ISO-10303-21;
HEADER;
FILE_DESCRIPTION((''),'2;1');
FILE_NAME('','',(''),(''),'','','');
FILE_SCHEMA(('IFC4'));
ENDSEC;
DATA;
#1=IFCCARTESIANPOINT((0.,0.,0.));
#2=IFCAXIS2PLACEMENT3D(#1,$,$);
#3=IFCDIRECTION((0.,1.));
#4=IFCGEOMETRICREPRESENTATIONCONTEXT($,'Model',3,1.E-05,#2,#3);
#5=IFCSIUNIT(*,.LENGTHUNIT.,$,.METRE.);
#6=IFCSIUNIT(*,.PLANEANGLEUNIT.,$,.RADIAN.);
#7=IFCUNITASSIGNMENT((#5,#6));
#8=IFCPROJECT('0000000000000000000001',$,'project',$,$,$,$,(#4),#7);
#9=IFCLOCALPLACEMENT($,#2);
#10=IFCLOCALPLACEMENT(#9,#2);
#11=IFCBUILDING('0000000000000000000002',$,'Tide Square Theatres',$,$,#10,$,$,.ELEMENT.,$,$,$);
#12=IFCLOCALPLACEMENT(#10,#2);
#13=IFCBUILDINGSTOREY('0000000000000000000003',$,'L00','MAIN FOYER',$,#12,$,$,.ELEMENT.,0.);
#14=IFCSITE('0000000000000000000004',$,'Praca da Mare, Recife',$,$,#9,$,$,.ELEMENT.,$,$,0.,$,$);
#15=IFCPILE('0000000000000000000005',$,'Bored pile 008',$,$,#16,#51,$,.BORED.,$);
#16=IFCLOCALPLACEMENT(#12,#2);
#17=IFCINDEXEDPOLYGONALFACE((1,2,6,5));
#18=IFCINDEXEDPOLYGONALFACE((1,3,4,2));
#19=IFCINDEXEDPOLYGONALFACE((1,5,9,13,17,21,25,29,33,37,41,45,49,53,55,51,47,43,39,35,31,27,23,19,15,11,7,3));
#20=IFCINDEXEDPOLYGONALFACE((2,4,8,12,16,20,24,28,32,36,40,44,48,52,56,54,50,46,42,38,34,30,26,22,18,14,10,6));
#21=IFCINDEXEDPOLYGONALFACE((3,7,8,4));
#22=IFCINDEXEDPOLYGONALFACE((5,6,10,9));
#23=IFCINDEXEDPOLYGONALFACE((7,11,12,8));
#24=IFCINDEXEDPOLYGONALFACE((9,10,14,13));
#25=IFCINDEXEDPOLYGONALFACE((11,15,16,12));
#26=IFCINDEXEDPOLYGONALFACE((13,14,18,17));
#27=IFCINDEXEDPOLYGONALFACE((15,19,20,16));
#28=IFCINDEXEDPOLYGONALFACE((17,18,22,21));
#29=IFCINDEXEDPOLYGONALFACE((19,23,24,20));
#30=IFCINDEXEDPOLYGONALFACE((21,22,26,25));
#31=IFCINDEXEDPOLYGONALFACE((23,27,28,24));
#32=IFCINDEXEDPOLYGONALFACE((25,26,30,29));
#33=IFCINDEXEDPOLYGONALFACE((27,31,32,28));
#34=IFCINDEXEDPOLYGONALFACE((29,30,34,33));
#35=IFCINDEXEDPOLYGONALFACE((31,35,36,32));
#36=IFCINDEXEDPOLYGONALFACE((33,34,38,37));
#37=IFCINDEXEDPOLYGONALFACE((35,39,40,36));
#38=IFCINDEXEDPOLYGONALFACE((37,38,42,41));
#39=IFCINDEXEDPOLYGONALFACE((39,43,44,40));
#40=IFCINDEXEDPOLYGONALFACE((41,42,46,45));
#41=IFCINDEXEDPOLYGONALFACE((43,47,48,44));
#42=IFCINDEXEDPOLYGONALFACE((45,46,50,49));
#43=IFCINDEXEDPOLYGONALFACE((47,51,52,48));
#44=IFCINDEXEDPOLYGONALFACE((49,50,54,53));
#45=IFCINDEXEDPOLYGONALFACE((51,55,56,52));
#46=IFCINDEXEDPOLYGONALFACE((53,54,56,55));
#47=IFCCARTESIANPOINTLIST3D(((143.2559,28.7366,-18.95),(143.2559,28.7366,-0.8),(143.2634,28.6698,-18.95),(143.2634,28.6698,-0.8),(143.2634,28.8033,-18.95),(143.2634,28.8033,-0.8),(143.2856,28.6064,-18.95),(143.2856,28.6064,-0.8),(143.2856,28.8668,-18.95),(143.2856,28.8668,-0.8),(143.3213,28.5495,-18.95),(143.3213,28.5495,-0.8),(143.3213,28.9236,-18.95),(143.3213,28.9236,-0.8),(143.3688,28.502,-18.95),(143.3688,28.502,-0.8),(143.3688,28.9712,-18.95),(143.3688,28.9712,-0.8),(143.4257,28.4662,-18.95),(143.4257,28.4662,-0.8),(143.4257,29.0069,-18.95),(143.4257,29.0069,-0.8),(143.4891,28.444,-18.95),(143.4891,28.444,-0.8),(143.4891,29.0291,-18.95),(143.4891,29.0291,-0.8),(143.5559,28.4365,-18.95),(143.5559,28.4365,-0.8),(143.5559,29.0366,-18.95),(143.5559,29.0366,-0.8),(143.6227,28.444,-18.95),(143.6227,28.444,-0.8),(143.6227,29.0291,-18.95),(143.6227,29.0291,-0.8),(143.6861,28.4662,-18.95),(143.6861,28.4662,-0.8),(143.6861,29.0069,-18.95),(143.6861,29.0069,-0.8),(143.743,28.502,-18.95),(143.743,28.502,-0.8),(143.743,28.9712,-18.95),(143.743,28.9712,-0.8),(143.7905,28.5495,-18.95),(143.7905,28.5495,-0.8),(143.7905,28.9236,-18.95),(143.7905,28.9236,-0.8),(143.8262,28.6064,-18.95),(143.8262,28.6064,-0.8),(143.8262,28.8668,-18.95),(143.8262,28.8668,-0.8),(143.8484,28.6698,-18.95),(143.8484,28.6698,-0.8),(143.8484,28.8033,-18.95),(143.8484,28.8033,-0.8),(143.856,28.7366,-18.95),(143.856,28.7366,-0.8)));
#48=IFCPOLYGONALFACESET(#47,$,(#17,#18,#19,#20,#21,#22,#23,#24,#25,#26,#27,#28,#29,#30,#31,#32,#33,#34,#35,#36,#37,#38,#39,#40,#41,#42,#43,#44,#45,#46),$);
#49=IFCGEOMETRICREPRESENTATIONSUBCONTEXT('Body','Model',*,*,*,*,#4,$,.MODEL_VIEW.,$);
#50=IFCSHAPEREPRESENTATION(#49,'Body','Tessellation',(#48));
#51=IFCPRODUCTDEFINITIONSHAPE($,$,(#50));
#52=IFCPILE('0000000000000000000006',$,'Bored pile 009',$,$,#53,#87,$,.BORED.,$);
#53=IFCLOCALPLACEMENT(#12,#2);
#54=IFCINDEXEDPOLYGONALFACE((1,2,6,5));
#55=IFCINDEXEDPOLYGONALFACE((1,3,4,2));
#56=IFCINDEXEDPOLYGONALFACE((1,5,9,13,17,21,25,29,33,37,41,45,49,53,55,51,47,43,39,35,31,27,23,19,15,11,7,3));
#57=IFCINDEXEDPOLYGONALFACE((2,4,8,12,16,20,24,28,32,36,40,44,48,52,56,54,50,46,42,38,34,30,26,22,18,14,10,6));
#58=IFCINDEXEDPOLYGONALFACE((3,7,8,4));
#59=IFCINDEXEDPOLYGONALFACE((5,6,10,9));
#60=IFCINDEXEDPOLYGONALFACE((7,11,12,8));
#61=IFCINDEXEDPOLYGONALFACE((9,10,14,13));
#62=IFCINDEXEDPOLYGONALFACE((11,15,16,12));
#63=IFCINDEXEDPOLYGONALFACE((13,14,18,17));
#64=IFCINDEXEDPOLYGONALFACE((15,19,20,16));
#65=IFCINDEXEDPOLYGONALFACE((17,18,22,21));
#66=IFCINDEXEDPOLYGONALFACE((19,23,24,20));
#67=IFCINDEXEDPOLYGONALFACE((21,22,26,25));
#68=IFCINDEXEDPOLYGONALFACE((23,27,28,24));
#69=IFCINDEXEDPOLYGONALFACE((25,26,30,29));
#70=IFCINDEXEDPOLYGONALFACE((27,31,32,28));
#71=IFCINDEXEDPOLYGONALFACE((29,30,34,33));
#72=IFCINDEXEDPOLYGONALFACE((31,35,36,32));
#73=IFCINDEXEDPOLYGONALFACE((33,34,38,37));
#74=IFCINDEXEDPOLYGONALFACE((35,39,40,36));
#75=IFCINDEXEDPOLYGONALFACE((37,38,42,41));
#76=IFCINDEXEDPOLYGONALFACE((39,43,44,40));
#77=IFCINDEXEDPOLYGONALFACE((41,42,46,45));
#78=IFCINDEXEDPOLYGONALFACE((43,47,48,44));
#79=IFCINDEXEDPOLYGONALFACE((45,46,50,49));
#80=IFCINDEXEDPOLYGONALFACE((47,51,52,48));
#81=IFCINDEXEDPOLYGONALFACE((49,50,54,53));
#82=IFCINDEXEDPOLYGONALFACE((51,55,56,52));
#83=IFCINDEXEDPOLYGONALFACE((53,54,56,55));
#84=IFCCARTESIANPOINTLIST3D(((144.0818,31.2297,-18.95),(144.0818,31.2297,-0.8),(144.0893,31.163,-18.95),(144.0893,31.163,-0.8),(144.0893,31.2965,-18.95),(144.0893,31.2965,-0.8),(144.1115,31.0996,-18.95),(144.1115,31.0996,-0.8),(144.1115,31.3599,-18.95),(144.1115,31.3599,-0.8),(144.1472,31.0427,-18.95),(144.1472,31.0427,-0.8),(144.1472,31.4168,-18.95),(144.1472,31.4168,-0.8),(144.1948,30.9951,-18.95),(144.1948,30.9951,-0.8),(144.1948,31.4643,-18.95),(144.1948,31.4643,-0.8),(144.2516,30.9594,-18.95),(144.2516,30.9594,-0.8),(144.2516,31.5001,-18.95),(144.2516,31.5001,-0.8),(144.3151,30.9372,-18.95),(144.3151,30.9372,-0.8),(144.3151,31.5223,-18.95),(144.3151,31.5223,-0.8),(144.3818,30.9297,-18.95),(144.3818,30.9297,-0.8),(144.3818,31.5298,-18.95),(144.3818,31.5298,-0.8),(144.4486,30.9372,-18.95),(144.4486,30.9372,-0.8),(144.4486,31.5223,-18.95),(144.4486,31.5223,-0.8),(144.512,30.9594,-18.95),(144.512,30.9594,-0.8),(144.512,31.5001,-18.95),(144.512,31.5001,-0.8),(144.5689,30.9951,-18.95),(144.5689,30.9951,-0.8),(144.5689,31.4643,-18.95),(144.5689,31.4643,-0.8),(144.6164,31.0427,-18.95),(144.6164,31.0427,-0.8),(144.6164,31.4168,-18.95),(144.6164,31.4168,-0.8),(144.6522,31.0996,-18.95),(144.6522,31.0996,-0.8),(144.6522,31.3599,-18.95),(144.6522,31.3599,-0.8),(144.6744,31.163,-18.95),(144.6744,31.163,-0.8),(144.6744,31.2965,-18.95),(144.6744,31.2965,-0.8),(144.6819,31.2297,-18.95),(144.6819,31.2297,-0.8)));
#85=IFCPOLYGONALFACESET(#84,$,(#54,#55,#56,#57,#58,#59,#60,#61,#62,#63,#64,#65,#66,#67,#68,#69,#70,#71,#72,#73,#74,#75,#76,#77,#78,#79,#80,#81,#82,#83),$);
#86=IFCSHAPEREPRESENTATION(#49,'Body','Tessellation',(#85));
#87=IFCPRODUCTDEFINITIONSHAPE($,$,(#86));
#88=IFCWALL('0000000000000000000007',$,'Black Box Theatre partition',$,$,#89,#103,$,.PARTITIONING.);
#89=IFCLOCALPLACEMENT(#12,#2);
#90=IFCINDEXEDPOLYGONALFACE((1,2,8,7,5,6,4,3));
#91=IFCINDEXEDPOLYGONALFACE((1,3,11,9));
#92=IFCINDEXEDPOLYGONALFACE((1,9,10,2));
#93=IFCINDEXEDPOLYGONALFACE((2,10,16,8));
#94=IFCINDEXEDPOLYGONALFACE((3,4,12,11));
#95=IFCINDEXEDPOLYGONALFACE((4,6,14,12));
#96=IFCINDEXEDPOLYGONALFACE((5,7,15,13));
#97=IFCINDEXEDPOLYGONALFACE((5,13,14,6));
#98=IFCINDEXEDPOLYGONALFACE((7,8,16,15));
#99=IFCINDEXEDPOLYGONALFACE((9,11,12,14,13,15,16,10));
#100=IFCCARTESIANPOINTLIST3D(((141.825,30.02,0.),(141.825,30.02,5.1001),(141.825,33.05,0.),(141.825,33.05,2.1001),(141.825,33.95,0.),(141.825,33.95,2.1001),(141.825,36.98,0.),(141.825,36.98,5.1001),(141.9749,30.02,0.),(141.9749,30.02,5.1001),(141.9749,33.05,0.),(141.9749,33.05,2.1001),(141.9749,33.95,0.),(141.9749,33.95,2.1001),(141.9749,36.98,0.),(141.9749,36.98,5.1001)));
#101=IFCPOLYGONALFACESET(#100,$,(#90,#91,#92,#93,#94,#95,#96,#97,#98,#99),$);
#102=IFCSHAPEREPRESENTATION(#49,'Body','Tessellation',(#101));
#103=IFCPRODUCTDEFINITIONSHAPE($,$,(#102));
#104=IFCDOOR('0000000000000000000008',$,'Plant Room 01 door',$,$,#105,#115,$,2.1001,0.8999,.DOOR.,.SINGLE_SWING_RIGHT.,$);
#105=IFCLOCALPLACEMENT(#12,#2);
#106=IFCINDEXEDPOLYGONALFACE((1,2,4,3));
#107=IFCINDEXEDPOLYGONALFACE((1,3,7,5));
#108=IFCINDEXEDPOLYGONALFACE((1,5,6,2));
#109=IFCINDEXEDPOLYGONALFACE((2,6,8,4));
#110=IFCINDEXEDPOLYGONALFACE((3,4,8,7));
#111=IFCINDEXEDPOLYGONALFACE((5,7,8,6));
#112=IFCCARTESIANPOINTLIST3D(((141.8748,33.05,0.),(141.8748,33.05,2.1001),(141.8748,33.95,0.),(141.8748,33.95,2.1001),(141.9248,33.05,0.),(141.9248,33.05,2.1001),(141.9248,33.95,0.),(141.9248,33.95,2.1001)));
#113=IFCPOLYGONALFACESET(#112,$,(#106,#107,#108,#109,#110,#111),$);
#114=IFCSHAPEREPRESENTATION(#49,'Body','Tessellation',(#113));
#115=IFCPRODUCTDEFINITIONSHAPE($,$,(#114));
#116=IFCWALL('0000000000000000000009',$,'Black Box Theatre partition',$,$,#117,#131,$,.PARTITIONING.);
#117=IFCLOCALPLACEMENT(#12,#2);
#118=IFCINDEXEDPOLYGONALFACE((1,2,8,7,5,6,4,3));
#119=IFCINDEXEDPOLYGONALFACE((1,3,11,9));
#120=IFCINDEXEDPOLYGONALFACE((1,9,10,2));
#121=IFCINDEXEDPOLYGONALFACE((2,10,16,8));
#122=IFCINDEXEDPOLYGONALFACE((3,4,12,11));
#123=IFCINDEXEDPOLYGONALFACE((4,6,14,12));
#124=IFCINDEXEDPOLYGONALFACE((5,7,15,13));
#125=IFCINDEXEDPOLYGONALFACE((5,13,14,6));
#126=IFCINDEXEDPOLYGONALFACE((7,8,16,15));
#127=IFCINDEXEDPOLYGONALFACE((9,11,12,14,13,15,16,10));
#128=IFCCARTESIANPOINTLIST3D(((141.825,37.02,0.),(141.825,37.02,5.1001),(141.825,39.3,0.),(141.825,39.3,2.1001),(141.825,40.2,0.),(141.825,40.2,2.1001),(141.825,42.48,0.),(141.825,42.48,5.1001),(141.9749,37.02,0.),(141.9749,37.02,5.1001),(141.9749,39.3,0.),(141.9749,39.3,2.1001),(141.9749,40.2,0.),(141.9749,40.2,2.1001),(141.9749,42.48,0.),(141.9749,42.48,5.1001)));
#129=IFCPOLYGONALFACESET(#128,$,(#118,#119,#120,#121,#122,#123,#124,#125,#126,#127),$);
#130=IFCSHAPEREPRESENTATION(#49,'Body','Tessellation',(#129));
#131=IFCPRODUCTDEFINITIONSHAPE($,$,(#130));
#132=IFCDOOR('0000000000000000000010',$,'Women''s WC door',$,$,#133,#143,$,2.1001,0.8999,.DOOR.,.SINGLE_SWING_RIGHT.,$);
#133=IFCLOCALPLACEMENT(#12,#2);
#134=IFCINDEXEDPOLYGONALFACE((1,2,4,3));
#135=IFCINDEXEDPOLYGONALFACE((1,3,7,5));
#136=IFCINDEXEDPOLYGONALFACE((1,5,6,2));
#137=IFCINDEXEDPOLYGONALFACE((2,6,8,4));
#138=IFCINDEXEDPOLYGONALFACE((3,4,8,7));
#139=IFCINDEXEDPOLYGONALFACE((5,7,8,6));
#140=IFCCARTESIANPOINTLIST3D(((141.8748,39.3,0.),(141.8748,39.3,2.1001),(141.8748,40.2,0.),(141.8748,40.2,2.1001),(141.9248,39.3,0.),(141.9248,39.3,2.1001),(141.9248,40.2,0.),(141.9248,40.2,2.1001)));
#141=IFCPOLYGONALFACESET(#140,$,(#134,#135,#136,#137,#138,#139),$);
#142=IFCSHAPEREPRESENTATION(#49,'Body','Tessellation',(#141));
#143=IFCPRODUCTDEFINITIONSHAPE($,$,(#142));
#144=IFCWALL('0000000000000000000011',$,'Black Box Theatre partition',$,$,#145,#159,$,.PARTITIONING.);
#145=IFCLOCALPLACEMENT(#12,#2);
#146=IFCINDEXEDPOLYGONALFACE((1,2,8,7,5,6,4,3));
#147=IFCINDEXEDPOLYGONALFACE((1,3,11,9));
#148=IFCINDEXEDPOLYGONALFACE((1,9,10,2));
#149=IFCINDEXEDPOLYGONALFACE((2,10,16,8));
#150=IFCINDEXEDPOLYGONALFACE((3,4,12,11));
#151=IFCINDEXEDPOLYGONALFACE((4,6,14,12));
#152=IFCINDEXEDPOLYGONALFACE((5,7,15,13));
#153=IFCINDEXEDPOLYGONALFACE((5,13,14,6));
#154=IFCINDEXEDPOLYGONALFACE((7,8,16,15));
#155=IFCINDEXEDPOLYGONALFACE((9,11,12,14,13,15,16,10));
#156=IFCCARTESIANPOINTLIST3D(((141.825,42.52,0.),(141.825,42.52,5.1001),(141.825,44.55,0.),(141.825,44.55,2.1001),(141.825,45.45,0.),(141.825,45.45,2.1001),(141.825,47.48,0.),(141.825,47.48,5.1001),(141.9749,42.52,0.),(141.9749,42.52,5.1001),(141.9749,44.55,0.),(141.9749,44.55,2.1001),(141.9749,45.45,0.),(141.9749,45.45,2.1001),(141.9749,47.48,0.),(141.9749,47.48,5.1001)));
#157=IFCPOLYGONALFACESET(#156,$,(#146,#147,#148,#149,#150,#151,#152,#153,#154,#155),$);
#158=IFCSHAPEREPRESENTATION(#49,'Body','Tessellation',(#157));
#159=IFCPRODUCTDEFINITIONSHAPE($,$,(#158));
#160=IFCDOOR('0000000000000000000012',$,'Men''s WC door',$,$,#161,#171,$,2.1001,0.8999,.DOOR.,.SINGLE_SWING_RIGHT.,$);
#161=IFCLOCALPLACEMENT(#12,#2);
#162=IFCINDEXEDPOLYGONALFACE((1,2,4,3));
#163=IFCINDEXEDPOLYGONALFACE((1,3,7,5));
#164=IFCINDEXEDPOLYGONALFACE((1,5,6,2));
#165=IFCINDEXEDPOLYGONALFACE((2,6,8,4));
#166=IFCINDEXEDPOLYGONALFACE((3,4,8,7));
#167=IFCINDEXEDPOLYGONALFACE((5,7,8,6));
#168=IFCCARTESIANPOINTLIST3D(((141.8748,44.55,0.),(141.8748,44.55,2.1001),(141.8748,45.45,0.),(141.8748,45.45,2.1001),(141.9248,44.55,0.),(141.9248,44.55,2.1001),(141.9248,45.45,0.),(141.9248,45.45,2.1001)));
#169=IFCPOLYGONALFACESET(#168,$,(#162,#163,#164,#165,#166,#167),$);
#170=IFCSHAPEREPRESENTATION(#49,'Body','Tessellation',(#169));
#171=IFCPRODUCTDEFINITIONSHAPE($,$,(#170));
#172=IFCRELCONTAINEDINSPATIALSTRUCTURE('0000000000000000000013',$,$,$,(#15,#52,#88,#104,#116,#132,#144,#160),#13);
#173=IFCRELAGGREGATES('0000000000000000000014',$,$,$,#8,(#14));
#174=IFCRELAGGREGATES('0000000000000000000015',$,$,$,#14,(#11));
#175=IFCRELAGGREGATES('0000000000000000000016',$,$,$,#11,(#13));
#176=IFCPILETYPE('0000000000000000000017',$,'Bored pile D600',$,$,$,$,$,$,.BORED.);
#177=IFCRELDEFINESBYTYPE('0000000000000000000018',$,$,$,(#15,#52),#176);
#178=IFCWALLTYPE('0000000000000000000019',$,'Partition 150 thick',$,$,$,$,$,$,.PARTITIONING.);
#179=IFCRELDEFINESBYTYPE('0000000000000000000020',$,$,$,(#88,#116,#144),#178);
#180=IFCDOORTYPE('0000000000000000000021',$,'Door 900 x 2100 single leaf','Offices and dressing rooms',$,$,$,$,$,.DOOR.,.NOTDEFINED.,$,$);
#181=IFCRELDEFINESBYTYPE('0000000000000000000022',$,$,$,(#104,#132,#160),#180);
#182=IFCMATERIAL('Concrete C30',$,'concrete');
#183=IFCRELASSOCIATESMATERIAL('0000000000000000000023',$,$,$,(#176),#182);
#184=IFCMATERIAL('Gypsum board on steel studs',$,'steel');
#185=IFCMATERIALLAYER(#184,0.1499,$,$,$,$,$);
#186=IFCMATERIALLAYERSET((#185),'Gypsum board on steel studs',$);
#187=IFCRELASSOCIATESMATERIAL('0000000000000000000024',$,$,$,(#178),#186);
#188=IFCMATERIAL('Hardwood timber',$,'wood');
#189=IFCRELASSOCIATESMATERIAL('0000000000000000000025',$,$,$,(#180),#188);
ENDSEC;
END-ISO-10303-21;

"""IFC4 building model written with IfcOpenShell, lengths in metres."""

from ifc_helpers import new_model, si_unit, direction, frame, frame_2d, origin, origin_2d, place, context, subcontext, project, spatial, rectangle, circle, extrude, material, layer, layer_set, material_profile, profile_set, type_object, element, fill, save


model = new_model("IFC4")

# Units and contexts
model_context = context("Model", 3, precision=1e-05, world=origin(), true_north=direction((0.0, 1.0)))
body_context = subcontext(model_context, "Body", "Model", "MODEL_VIEW")
ifc_project = project(units=[si_unit("LENGTHUNIT", "METRE"), si_unit("PLANEANGLEUNIT", "RADIAN")], contexts=[model_context])

# Site, building, storey
site_placement = place(None, origin())
site = spatial("IfcSite", under=ifc_project, at=site_placement, Name="Praca da Mare, Recife", CompositionType="ELEMENT", RefElevation=0.0)
building_placement = place(site_placement, origin())
building = spatial("IfcBuilding", under=site, at=building_placement, Name="Tide Square Theatres", CompositionType="ELEMENT")
storey_placement = place(building_placement, origin())
storey = spatial("IfcBuildingStorey", under=building, at=storey_placement, Name="L00", Description="MAIN FOYER", CompositionType="ELEMENT", Elevation=0.0)

# Piles
ifc_material_1 = material(Name="Concrete C30", Category="concrete")
ifc_material_profile = material_profile(ifc_material_1, circle(Radius=0.3, at=origin_2d()))
ifc_profile_set = profile_set([ifc_material_profile], Name="Concrete C30")
pile_type = type_object("IfcPileType", Name="Bored pile D600", PredefinedType="BORED", material=ifc_profile_set)
for number, where, z_axis, x_axis, name in (
    (1, (143.5559, 28.7366, -0.8), (0.0, 0.0, -1.0), (1.0, 0.0, 0.0), "Bored pile 008"),
    (2, (144.3818, 31.2297, -0.8), (0.0, 0.0, -1.0), (1.0, 0.0, 0.0), "Bored pile 009"),
):
    element("IfcPile", number, at=place(storey_placement, frame(where, z_axis=z_axis, x_axis=x_axis)), inside=storey, type_object=pile_type, Name=name, PredefinedType="BORED", context=body_context, shape_type="SweptSolid", body=[
        extrude(circle(Radius=0.3, at=origin_2d()), origin(), (0.0, 0.0, 1.0), 18.1499),
    ])

# Walls, openings, doors
ifc_material_2 = material(Name="Gypsum board on steel studs", Category="steel")
ifc_layer_1 = layer(ifc_material_2, 0.1499)
ifc_layer_set_1 = layer_set([ifc_layer_1], Name="Gypsum board on steel studs")
wall_type_1 = type_object("IfcWallType", Name="Partition 150 thick", PredefinedType="PARTITIONING", material=ifc_layer_set_1)
wall_1_placement = place(storey_placement, frame((141.8999, 36.98, 0.0), z_axis=(0.0, 0.0, 1.0), x_axis=(0.0, -1.0, 0.0)))
wall_1 = element("IfcWall", 3, at=wall_1_placement, inside=storey, type_object=wall_type_1, Name="Black Box Theatre partition", PredefinedType="PARTITIONING", context=body_context, shape_type="SweptSolid", body=[
    extrude(rectangle(XDim=6.96, YDim=0.1499, at=frame_2d((3.48, 0.0))), origin(), (0.0, 0.0, 1.0), 5.1001),
])
opening_1_placement = place(wall_1_placement, frame((3.03, 0.0, 0.0)))
opening_1 = element("IfcOpeningElement", 4, at=opening_1_placement, cuts=wall_1, PredefinedType="OPENING", context=body_context, shape_type="SweptSolid", body=[
    extrude(rectangle(XDim=0.8999, YDim=2.1001, at=frame_2d((0.45, 1.05))), frame((0.0, 0.085, 0.0), z_axis=(0.0, -1.0, 0.0), x_axis=(1.0, 0.0, 0.0)), (0.0, 0.0, 1.0), 0.1699),
])
ifc_material_3 = material(Name="Hardwood timber", Category="wood")
door_type = type_object("IfcDoorType", Name="Door 900 x 2100 single leaf", Description="Offices and dressing rooms", OperationType="NOTDEFINED", PredefinedType="DOOR", material=ifc_material_3)
door_1_placement = place(opening_1_placement, origin())
door_1 = element("IfcDoor", 5, at=door_1_placement, inside=storey, type_object=door_type, Name="Plant Room 01 door", OperationType="SINGLE_SWING_RIGHT", OverallHeight=2.1001, OverallWidth=0.8999, PredefinedType="DOOR", context=body_context, shape_type="SweptSolid", body=[
    extrude(rectangle(XDim=0.8999, YDim=2.1001, at=frame_2d((0.45, 1.05))), frame((0.0, 0.0249, 0.0), z_axis=(0.0, -1.0, 0.0), x_axis=(1.0, 0.0, 0.0)), (0.0, 0.0, 1.0), 0.05),
])
fill(opening_1, door_1)
wall_2_placement = place(storey_placement, frame((141.8999, 42.48, 0.0), z_axis=(0.0, 0.0, 1.0), x_axis=(0.0, -1.0, 0.0)))
wall_2 = element("IfcWall", 6, at=wall_2_placement, inside=storey, type_object=wall_type_1, Name="Black Box Theatre partition", PredefinedType="PARTITIONING", context=body_context, shape_type="SweptSolid", body=[
    extrude(rectangle(XDim=5.46, YDim=0.1499, at=frame_2d((2.73, 0.0))), origin(), (0.0, 0.0, 1.0), 5.1001),
])
opening_2_placement = place(wall_2_placement, frame((2.28, 0.0, 0.0)))
opening_2 = element("IfcOpeningElement", 7, at=opening_2_placement, cuts=wall_2, PredefinedType="OPENING", context=body_context, shape_type="SweptSolid", body=[
    extrude(rectangle(XDim=0.8999, YDim=2.1001, at=frame_2d((0.45, 1.05))), frame((0.0, 0.085, 0.0), z_axis=(0.0, -1.0, 0.0), x_axis=(1.0, 0.0, 0.0)), (0.0, 0.0, 1.0), 0.1699),
])
door_2_placement = place(opening_2_placement, origin())
door_2 = element("IfcDoor", 8, at=door_2_placement, inside=storey, type_object=door_type, Name="Women's WC door", OperationType="SINGLE_SWING_RIGHT", OverallHeight=2.1001, OverallWidth=0.8999, PredefinedType="DOOR", context=body_context, shape_type="SweptSolid", body=[
    extrude(rectangle(XDim=0.8999, YDim=2.1001, at=frame_2d((0.45, 1.05))), frame((0.0, 0.0249, 0.0), z_axis=(0.0, -1.0, 0.0), x_axis=(1.0, 0.0, 0.0)), (0.0, 0.0, 1.0), 0.05),
])
fill(opening_2, door_2)
wall_3_placement = place(storey_placement, frame((141.8999, 47.48, 0.0), z_axis=(0.0, 0.0, 1.0), x_axis=(0.0, -1.0, 0.0)))
wall_3 = element("IfcWall", 9, at=wall_3_placement, inside=storey, type_object=wall_type_1, Name="Black Box Theatre partition", PredefinedType="PARTITIONING", context=body_context, shape_type="SweptSolid", body=[
    extrude(rectangle(XDim=4.96, YDim=0.1499, at=frame_2d((2.48, 0.0))), origin(), (0.0, 0.0, 1.0), 5.1001),
])
opening_3_placement = place(wall_3_placement, frame((2.03, 0.0, 0.0)))
opening_3 = element("IfcOpeningElement", 10, at=opening_3_placement, cuts=wall_3, PredefinedType="OPENING", context=body_context, shape_type="SweptSolid", body=[
    extrude(rectangle(XDim=0.8999, YDim=2.1001, at=frame_2d((0.45, 1.05))), frame((0.0, 0.085, 0.0), z_axis=(0.0, -1.0, 0.0), x_axis=(1.0, 0.0, 0.0)), (0.0, 0.0, 1.0), 0.1699),
])
door_3_placement = place(opening_3_placement, origin())
door_3 = element("IfcDoor", 11, at=door_3_placement, inside=storey, type_object=door_type, Name="Men's WC door", OperationType="SINGLE_SWING_RIGHT", OverallHeight=2.1001, OverallWidth=0.8999, PredefinedType="DOOR", context=body_context, shape_type="SweptSolid", body=[
    extrude(rectangle(XDim=0.8999, YDim=2.1001, at=frame_2d((0.45, 1.05))), frame((0.0, 0.0249, 0.0), z_axis=(0.0, -1.0, 0.0), x_axis=(1.0, 0.0, 0.0)), (0.0, 0.0, 1.0), 0.05),
])
fill(opening_3, door_3)

save(model, "model.ifc")
